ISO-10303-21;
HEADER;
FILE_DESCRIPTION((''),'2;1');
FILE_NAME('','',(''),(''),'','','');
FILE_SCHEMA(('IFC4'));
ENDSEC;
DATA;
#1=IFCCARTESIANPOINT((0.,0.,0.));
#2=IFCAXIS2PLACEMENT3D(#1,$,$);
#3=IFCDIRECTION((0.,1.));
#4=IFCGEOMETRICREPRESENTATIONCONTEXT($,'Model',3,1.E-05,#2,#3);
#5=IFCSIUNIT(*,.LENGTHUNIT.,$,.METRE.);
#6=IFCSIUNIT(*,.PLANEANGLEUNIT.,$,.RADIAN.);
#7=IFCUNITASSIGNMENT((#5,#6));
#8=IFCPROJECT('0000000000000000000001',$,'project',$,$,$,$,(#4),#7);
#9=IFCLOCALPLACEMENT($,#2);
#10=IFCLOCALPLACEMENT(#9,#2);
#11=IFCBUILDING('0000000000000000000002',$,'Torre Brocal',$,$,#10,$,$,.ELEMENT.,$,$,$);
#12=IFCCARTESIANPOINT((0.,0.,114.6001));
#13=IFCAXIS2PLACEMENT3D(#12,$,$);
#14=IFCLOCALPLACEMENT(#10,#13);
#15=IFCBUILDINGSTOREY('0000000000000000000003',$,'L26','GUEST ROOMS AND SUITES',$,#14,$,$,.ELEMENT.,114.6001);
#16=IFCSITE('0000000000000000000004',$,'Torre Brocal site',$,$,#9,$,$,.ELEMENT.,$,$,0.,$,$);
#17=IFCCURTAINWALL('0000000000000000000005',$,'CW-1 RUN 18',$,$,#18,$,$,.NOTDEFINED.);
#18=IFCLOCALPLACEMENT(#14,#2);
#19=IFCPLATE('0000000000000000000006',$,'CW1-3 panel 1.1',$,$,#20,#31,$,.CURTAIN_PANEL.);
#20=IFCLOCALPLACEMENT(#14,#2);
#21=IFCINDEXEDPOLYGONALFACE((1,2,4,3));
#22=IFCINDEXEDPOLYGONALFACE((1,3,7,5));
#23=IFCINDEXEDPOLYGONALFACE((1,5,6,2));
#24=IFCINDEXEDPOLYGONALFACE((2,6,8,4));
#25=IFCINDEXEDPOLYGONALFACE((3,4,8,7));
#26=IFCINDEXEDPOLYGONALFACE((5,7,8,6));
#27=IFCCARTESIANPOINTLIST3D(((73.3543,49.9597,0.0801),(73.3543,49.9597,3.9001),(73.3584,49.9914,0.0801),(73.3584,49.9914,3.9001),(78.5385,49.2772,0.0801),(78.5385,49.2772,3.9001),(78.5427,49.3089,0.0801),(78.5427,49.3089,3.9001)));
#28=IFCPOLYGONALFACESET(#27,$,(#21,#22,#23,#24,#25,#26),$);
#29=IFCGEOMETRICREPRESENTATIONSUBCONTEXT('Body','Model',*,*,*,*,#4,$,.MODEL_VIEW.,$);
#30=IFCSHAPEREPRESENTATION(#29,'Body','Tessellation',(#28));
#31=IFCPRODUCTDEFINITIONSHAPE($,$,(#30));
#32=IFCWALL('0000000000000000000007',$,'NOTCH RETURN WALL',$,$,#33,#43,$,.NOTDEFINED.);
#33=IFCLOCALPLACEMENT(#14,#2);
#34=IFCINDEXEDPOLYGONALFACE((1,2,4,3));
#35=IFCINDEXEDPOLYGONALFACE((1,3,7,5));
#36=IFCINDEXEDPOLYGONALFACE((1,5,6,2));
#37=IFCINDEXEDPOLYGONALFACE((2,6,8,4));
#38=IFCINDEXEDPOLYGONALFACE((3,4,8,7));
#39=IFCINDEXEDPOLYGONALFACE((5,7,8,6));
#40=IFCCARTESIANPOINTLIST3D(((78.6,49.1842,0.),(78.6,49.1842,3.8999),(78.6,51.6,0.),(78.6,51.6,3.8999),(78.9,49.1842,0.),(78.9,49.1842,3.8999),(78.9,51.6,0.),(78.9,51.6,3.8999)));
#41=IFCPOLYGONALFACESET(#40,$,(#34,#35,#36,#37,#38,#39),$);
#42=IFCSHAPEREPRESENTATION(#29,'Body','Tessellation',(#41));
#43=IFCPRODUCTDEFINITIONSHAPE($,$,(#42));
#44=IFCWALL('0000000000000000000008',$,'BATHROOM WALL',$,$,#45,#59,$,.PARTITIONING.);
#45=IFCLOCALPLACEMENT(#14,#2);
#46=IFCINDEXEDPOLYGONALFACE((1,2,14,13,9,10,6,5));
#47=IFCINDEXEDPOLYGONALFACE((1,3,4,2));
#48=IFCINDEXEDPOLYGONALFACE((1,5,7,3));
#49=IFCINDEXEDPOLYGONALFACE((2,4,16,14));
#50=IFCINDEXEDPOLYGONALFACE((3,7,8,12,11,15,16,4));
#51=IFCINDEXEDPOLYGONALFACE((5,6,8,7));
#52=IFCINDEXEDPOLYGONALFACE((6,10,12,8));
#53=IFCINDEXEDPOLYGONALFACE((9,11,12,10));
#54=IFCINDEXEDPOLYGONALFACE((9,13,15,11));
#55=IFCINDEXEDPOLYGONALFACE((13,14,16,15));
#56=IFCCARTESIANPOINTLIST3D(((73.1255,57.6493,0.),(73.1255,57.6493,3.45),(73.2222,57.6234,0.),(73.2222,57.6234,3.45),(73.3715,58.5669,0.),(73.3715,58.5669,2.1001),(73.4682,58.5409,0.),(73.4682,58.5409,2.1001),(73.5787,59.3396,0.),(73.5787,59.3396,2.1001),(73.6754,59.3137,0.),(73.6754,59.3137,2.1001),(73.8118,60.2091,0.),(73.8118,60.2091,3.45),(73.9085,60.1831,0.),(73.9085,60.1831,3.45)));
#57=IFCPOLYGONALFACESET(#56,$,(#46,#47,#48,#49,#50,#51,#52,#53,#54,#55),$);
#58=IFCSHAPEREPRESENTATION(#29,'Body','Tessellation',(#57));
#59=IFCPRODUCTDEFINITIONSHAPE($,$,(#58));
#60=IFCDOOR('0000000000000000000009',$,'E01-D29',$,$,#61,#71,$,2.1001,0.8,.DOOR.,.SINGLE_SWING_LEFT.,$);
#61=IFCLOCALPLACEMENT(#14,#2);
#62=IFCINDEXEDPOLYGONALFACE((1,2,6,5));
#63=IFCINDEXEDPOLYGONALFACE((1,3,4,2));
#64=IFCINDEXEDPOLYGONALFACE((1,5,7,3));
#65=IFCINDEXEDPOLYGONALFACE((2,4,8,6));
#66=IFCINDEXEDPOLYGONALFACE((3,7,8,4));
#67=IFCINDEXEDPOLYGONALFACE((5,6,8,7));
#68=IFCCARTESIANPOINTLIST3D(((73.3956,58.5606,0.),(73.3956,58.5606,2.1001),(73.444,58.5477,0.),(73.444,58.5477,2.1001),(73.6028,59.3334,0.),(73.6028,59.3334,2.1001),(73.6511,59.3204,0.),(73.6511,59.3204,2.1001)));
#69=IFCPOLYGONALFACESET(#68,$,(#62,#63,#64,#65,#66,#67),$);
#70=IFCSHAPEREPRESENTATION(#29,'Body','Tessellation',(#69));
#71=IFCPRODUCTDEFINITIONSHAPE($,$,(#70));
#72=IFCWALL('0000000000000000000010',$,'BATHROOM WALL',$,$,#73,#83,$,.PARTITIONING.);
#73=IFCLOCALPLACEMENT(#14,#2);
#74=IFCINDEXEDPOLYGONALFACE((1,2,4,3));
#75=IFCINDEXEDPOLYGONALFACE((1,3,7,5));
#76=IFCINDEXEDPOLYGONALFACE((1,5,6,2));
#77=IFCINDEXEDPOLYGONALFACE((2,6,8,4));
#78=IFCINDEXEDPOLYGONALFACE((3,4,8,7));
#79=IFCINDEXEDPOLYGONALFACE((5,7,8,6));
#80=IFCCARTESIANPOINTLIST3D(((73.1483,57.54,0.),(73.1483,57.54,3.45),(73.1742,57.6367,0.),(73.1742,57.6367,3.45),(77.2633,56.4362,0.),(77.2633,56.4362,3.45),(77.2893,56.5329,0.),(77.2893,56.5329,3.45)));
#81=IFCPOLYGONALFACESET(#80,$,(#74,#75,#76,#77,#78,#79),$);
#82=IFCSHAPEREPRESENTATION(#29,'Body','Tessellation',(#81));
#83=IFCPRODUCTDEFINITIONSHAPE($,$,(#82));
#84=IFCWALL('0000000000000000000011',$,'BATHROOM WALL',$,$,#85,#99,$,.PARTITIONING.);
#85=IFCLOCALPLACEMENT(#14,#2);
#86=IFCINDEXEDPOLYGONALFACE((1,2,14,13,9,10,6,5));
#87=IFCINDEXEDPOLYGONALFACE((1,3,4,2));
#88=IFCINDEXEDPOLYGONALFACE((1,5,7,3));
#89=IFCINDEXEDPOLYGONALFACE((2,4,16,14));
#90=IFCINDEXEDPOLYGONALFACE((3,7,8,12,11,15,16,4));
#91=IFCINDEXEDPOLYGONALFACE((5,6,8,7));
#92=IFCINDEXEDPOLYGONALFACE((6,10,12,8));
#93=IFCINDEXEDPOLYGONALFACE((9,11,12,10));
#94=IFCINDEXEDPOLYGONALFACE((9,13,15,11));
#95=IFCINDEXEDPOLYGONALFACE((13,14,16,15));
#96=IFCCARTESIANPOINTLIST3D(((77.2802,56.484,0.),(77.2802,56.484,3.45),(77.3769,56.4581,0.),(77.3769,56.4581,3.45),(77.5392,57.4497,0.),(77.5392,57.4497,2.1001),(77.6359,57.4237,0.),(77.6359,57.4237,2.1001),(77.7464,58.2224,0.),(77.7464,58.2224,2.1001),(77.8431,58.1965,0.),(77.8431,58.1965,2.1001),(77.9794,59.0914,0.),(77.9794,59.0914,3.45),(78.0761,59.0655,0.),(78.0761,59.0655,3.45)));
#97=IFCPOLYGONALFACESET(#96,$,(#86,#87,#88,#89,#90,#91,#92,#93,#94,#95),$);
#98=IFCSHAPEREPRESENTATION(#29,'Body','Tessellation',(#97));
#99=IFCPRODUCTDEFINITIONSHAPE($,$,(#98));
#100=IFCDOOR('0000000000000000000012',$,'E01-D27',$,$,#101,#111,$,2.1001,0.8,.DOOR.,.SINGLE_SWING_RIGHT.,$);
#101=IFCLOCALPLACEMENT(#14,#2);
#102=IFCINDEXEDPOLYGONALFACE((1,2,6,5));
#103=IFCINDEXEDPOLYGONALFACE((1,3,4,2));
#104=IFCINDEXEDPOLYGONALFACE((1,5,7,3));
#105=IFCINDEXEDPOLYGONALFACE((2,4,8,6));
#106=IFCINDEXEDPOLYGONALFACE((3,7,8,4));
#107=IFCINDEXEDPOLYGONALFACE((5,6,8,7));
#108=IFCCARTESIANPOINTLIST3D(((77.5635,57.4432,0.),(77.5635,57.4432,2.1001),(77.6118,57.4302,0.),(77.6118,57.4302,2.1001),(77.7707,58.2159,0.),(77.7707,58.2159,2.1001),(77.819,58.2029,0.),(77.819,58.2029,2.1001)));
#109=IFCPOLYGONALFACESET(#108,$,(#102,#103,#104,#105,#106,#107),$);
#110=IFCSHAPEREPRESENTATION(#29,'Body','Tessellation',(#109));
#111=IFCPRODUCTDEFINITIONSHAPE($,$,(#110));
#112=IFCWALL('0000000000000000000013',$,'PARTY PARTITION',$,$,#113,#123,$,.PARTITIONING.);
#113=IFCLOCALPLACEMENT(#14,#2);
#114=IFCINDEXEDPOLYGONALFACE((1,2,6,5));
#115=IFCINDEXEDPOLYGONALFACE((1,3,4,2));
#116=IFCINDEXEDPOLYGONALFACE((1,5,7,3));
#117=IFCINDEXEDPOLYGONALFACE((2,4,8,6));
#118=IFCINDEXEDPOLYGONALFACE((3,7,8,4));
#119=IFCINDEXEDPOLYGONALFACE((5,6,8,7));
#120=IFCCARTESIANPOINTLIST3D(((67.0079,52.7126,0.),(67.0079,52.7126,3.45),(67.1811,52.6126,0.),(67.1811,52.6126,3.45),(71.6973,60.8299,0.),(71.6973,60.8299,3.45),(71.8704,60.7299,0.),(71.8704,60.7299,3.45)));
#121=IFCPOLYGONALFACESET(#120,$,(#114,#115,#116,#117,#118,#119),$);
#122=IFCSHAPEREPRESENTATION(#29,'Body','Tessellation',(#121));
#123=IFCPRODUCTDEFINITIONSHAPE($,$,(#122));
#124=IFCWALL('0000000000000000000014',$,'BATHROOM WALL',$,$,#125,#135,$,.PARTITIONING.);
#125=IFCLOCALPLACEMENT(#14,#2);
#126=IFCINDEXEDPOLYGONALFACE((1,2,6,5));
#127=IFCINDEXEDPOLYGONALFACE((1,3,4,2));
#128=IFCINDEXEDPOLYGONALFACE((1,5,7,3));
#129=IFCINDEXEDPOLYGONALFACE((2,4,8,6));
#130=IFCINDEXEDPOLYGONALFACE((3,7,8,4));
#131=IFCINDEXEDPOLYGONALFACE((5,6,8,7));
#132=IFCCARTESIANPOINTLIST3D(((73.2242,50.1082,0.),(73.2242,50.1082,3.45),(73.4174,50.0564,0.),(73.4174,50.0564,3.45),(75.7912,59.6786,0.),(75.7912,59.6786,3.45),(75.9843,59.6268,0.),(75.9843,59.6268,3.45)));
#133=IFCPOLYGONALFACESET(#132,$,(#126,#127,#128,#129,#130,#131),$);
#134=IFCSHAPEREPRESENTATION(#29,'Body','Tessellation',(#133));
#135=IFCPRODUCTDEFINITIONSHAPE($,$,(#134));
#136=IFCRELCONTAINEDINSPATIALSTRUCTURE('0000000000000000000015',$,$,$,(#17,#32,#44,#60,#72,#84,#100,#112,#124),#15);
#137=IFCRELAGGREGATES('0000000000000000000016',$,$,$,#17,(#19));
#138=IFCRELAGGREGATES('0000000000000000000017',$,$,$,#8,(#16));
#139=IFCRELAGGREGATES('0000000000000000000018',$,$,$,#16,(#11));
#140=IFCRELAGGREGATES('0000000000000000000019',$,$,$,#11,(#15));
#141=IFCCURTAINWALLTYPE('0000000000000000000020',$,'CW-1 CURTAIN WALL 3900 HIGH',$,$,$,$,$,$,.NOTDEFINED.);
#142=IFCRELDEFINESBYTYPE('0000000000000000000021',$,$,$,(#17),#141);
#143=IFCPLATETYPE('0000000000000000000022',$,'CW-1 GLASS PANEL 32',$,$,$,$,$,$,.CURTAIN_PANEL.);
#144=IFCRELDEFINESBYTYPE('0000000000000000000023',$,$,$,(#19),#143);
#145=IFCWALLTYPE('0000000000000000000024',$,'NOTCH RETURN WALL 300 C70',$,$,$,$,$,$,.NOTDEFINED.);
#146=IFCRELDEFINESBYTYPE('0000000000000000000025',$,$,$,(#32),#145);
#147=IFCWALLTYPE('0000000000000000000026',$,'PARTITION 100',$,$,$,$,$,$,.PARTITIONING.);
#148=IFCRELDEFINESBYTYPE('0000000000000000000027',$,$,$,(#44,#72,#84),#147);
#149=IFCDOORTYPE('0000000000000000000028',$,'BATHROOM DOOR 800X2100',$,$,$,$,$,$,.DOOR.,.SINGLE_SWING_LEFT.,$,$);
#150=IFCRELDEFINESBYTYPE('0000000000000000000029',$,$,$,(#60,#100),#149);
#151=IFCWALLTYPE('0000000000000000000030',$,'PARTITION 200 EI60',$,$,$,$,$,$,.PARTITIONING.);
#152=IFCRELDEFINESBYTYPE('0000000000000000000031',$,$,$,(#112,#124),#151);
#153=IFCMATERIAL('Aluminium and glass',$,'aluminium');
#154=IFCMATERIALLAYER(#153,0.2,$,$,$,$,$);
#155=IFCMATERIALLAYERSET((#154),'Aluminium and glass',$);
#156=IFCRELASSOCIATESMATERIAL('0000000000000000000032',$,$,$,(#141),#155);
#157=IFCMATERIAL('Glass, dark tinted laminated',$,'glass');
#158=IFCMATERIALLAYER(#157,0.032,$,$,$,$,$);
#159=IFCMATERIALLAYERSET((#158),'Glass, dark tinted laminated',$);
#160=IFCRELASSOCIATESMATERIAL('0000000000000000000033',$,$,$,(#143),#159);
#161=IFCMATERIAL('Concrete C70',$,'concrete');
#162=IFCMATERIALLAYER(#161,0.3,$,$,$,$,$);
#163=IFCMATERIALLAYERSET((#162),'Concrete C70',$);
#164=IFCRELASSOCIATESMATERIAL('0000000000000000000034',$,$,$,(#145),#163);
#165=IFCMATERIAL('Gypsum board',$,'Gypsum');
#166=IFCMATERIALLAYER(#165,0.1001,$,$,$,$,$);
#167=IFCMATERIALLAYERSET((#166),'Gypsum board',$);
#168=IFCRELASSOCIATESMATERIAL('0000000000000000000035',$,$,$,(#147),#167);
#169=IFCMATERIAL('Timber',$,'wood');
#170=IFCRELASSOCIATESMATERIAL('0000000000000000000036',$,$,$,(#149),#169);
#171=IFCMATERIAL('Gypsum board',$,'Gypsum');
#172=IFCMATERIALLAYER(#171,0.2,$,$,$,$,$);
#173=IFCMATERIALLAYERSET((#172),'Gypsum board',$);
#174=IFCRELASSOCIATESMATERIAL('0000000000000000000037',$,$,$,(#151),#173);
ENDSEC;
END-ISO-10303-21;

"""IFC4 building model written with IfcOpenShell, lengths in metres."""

from ifc_helpers import new_model, si_unit, direction, frame, frame_2d, origin, origin_2d, place, context, subcontext, project, spatial, rectangle, extrude, material, layer, layer_set, type_object, element, fill, aggregate, save


model = new_model("IFC4")

# Units and contexts
model_context = context("Model", 3, precision=1e-05, world=origin(), true_north=direction((0.0, 1.0)))
body_context = subcontext(model_context, "Body", "Model", "MODEL_VIEW")
ifc_project = project(units=[si_unit("LENGTHUNIT", "METRE"), si_unit("PLANEANGLEUNIT", "RADIAN")], contexts=[model_context])

# Site, building, storey
site_placement = place(None, origin())
site = spatial("IfcSite", under=ifc_project, at=site_placement, Name="Torre Brocal site", CompositionType="ELEMENT", RefElevation=0.0)
building_placement = place(site_placement, origin())
building = spatial("IfcBuilding", under=site, at=building_placement, Name="Torre Brocal", CompositionType="ELEMENT")
storey_placement = place(building_placement, frame((0.0, 0.0, 114.6001)))
storey = spatial("IfcBuildingStorey", under=building, at=storey_placement, Name="L26", Description="GUEST ROOMS AND SUITES", CompositionType="ELEMENT", Elevation=114.6001)

# Curtain wall
ifc_material_1 = material(Name="Aluminium and glass", Category="aluminium")
ifc_layer_1 = layer(ifc_material_1, 0.2)
ifc_layer_set_1 = layer_set([ifc_layer_1], Name="Aluminium and glass")
curtain_wall_type = type_object("IfcCurtainWallType", Name="CW-1 CURTAIN WALL 3900 HIGH", PredefinedType="NOTDEFINED", material=ifc_layer_set_1)
curtain_wall_1_placement = place(storey_placement, origin())
curtain_wall_1 = element("IfcCurtainWall", 1, at=curtain_wall_1_placement, inside=storey, type_object=curtain_wall_type, Name="CW-1 RUN 18", PredefinedType="NOTDEFINED")

# Plate
ifc_material_2 = material(Name="Glass, dark tinted laminated", Category="glass")
ifc_layer_2 = layer(ifc_material_2, 0.032)
ifc_layer_set_2 = layer_set([ifc_layer_2], Name="Glass, dark tinted laminated")
plate_type = type_object("IfcPlateType", Name="CW-1 GLASS PANEL 32", PredefinedType="CURTAIN_PANEL", material=ifc_layer_set_2)
plate_1_placement = place(storey_placement, frame((75.9485, 49.6343, 0.0801), z_axis=(0.0, 0.0, 1.0), x_axis=(0.991445, -0.130526, 0.0)))
plate_1 = element("IfcPlate", 2, at=plate_1_placement, type_object=plate_type, Name="CW1-3 panel 1.1", PredefinedType="CURTAIN_PANEL", context=body_context, shape_type="SweptSolid", body=[
    extrude(rectangle(XDim=5.229, YDim=0.032, at=origin_2d()), origin(), (0.0, 0.0, 1.0), 3.8201),
])
aggregate(curtain_wall_1, [plate_1])

# Wall
ifc_material_3 = material(Name="Concrete C70", Category="concrete")
ifc_layer_3 = layer(ifc_material_3, 0.3)
ifc_layer_set_3 = layer_set([ifc_layer_3], Name="Concrete C70")
wall_type_1 = type_object("IfcWallType", Name="NOTCH RETURN WALL 300 C70", PredefinedType="NOTDEFINED", material=ifc_layer_set_3)
wall_1_placement = place(storey_placement, frame((78.75, 51.6001, 0.0), z_axis=(0.0, 0.0, 1.0), x_axis=(0.0, -1.0, 0.0)))
element("IfcWall", 3, at=wall_1_placement, inside=storey, type_object=wall_type_1, Name="NOTCH RETURN WALL", PredefinedType="NOTDEFINED", context=body_context, shape_type="SweptSolid", body=[
    extrude(rectangle(XDim=2.4158, YDim=0.3, at=frame_2d((1.208, 0.0))), origin(), (0.0, 0.0, 1.0), 3.8999),
])

# Wall, opening, door
ifc_material_4 = material(Name="Gypsum board", Category="Gypsum")
ifc_layer_4 = layer(ifc_material_4, 0.1001)
ifc_layer_set_4 = layer_set([ifc_layer_4], Name="Gypsum board")
wall_type_2 = type_object("IfcWallType", Name="PARTITION 100", PredefinedType="PARTITIONING", material=ifc_layer_set_4)
wall_2_placement = place(storey_placement, frame((73.1738, 57.6362, 0.0), z_axis=(0.0, 0.0, 1.0), x_axis=(0.258952, 0.96589, 0.0)))
wall_2 = element("IfcWall", 4, at=wall_2_placement, inside=storey, type_object=wall_type_2, Name="BATHROOM WALL", PredefinedType="PARTITIONING", context=body_context, shape_type="SweptSolid", body=[
    extrude(rectangle(XDim=2.6501, YDim=0.1001, at=frame_2d((1.3252, 0.0))), origin(), (0.0, 0.0, 1.0), 3.45),
])
opening_1_placement = place(wall_2_placement, frame((0.9502, 0.0, 0.0)))
opening_1 = element("IfcOpeningElement", 5, at=opening_1_placement, cuts=wall_2, PredefinedType="OPENING", context=body_context, shape_type="SweptSolid", body=[
    extrude(rectangle(XDim=0.8, YDim=2.1001, at=frame_2d((0.3999, 1.05))), frame((0.0, 0.0601, 0.0), z_axis=(0.0, -1.0, 0.0), x_axis=(1.0, 0.0, 0.0)), (0.0, 0.0, 1.0), 0.1201),
])
ifc_material_5 = material(Name="Timber", Category="wood")
door_type_1 = type_object("IfcDoorType", Name="BATHROOM DOOR 800X2100", OperationType="SINGLE_SWING_LEFT", PredefinedType="DOOR", material=ifc_material_5)
door_1_placement = place(opening_1_placement, frame((0.8, 0.0, 0.0), z_axis=(0.0, 0.0, 1.0), x_axis=(-1.0, 0.0, 0.0)))
door_1 = element("IfcDoor", 6, at=door_1_placement, inside=storey, type_object=door_type_1, Name="E01-D29", OperationType="SINGLE_SWING_LEFT", OverallHeight=2.1001, OverallWidth=0.8, PredefinedType="DOOR", context=body_context, shape_type="SweptSolid", body=[
    extrude(rectangle(XDim=0.8, YDim=2.1001, at=frame_2d((0.3999, 1.05))), frame((0.0, 0.0249, 0.0), z_axis=(0.0, -1.0, 0.0), x_axis=(1.0, 0.0, 0.0)), (0.0, 0.0, 1.0), 0.05),
])
fill(opening_1, door_1)

# Wall
wall_3_placement = place(storey_placement, frame((73.1611, 57.5884, 0.0), z_axis=(0.0, 0.0, 1.0), x_axis=(0.965858, -0.259071, 0.0)))
element("IfcWall", 7, at=wall_3_placement, inside=storey, type_object=wall_type_2, Name="BATHROOM WALL", PredefinedType="PARTITIONING", context=body_context, shape_type="SweptSolid", body=[
    extrude(rectangle(XDim=4.2605, YDim=0.1001, at=frame_2d((2.1304, 0.0))), origin(), (0.0, 0.0, 1.0), 3.45),
])

# Wall, opening, door
wall_4_placement = place(storey_placement, frame((77.3286, 56.4712, 0.0), z_axis=(0.0, 0.0, 1.0), x_axis=(0.259013, 0.965874, 0.0)))
wall_4 = element("IfcWall", 8, at=wall_4_placement, inside=storey, type_object=wall_type_2, Name="BATHROOM WALL", PredefinedType="PARTITIONING", context=body_context, shape_type="SweptSolid", body=[
    extrude(rectangle(XDim=2.6995, YDim=0.1001, at=frame_2d((1.3496, 0.0))), origin(), (0.0, 0.0, 1.0), 3.45),
])
opening_2_placement = place(wall_4_placement, frame((0.9998, 0.0, 0.0)))
opening_2 = element("IfcOpeningElement", 9, at=opening_2_placement, cuts=wall_4, PredefinedType="OPENING", context=body_context, shape_type="SweptSolid", body=[
    extrude(rectangle(XDim=0.8, YDim=2.1001, at=frame_2d((0.3999, 1.05))), frame((0.0, 0.0601, 0.0), z_axis=(0.0, -1.0, 0.0), x_axis=(1.0, 0.0, 0.0)), (0.0, 0.0, 1.0), 0.1201),
])
door_2_placement = place(opening_2_placement, origin())
door_2 = element("IfcDoor", 10, at=door_2_placement, inside=storey, type_object=door_type_1, Name="E01-D27", OperationType="SINGLE_SWING_RIGHT", OverallHeight=2.1001, OverallWidth=0.8, PredefinedType="DOOR", context=body_context, shape_type="SweptSolid", body=[
    extrude(rectangle(XDim=0.8, YDim=2.1001, at=frame_2d((0.3999, 1.05))), frame((0.0, 0.0249, 0.0), z_axis=(0.0, -1.0, 0.0), x_axis=(1.0, 0.0, 0.0)), (0.0, 0.0, 1.0), 0.05),
])
fill(opening_2, door_2)

# Walls
ifc_material_6 = material(Name="Gypsum board", Category="Gypsum")
ifc_layer_5 = layer(ifc_material_6, 0.2)
ifc_layer_set_5 = layer_set([ifc_layer_5], Name="Gypsum board")
wall_type_3 = type_object("IfcWallType", Name="PARTITION 200 EI60", PredefinedType="PARTITIONING", material=ifc_layer_set_5)
wall_5_placement = place(storey_placement, frame((67.0945, 52.6626, 0.0), z_axis=(0.0, 0.0, 1.0), x_axis=(0.500228, 0.865894, 0.0)))
element("IfcWall", 11, at=wall_5_placement, inside=storey, type_object=wall_type_3, Name="PARTY PARTITION", PredefinedType="PARTITIONING", context=body_context, shape_type="SweptSolid", body=[
    extrude(rectangle(XDim=9.3745, YDim=0.2, at=frame_2d((4.6873, 0.0))), origin(), (0.0, 0.0, 1.0), 3.45),
])
wall_6_placement = place(storey_placement, frame((73.3208, 50.0823, 0.0), z_axis=(0.0, 0.0, 1.0), x_axis=(0.259058, 0.965862, 0.0)))
element("IfcWall", 12, at=wall_6_placement, inside=storey, type_object=wall_type_3, Name="BATHROOM WALL", PredefinedType="PARTITIONING", context=body_context, shape_type="SweptSolid", body=[
    extrude(rectangle(XDim=9.9087, YDim=0.2, at=frame_2d((4.9543, 0.0))), origin(), (0.0, 0.0, 1.0), 3.45),
])

save(model, "model.ifc")
